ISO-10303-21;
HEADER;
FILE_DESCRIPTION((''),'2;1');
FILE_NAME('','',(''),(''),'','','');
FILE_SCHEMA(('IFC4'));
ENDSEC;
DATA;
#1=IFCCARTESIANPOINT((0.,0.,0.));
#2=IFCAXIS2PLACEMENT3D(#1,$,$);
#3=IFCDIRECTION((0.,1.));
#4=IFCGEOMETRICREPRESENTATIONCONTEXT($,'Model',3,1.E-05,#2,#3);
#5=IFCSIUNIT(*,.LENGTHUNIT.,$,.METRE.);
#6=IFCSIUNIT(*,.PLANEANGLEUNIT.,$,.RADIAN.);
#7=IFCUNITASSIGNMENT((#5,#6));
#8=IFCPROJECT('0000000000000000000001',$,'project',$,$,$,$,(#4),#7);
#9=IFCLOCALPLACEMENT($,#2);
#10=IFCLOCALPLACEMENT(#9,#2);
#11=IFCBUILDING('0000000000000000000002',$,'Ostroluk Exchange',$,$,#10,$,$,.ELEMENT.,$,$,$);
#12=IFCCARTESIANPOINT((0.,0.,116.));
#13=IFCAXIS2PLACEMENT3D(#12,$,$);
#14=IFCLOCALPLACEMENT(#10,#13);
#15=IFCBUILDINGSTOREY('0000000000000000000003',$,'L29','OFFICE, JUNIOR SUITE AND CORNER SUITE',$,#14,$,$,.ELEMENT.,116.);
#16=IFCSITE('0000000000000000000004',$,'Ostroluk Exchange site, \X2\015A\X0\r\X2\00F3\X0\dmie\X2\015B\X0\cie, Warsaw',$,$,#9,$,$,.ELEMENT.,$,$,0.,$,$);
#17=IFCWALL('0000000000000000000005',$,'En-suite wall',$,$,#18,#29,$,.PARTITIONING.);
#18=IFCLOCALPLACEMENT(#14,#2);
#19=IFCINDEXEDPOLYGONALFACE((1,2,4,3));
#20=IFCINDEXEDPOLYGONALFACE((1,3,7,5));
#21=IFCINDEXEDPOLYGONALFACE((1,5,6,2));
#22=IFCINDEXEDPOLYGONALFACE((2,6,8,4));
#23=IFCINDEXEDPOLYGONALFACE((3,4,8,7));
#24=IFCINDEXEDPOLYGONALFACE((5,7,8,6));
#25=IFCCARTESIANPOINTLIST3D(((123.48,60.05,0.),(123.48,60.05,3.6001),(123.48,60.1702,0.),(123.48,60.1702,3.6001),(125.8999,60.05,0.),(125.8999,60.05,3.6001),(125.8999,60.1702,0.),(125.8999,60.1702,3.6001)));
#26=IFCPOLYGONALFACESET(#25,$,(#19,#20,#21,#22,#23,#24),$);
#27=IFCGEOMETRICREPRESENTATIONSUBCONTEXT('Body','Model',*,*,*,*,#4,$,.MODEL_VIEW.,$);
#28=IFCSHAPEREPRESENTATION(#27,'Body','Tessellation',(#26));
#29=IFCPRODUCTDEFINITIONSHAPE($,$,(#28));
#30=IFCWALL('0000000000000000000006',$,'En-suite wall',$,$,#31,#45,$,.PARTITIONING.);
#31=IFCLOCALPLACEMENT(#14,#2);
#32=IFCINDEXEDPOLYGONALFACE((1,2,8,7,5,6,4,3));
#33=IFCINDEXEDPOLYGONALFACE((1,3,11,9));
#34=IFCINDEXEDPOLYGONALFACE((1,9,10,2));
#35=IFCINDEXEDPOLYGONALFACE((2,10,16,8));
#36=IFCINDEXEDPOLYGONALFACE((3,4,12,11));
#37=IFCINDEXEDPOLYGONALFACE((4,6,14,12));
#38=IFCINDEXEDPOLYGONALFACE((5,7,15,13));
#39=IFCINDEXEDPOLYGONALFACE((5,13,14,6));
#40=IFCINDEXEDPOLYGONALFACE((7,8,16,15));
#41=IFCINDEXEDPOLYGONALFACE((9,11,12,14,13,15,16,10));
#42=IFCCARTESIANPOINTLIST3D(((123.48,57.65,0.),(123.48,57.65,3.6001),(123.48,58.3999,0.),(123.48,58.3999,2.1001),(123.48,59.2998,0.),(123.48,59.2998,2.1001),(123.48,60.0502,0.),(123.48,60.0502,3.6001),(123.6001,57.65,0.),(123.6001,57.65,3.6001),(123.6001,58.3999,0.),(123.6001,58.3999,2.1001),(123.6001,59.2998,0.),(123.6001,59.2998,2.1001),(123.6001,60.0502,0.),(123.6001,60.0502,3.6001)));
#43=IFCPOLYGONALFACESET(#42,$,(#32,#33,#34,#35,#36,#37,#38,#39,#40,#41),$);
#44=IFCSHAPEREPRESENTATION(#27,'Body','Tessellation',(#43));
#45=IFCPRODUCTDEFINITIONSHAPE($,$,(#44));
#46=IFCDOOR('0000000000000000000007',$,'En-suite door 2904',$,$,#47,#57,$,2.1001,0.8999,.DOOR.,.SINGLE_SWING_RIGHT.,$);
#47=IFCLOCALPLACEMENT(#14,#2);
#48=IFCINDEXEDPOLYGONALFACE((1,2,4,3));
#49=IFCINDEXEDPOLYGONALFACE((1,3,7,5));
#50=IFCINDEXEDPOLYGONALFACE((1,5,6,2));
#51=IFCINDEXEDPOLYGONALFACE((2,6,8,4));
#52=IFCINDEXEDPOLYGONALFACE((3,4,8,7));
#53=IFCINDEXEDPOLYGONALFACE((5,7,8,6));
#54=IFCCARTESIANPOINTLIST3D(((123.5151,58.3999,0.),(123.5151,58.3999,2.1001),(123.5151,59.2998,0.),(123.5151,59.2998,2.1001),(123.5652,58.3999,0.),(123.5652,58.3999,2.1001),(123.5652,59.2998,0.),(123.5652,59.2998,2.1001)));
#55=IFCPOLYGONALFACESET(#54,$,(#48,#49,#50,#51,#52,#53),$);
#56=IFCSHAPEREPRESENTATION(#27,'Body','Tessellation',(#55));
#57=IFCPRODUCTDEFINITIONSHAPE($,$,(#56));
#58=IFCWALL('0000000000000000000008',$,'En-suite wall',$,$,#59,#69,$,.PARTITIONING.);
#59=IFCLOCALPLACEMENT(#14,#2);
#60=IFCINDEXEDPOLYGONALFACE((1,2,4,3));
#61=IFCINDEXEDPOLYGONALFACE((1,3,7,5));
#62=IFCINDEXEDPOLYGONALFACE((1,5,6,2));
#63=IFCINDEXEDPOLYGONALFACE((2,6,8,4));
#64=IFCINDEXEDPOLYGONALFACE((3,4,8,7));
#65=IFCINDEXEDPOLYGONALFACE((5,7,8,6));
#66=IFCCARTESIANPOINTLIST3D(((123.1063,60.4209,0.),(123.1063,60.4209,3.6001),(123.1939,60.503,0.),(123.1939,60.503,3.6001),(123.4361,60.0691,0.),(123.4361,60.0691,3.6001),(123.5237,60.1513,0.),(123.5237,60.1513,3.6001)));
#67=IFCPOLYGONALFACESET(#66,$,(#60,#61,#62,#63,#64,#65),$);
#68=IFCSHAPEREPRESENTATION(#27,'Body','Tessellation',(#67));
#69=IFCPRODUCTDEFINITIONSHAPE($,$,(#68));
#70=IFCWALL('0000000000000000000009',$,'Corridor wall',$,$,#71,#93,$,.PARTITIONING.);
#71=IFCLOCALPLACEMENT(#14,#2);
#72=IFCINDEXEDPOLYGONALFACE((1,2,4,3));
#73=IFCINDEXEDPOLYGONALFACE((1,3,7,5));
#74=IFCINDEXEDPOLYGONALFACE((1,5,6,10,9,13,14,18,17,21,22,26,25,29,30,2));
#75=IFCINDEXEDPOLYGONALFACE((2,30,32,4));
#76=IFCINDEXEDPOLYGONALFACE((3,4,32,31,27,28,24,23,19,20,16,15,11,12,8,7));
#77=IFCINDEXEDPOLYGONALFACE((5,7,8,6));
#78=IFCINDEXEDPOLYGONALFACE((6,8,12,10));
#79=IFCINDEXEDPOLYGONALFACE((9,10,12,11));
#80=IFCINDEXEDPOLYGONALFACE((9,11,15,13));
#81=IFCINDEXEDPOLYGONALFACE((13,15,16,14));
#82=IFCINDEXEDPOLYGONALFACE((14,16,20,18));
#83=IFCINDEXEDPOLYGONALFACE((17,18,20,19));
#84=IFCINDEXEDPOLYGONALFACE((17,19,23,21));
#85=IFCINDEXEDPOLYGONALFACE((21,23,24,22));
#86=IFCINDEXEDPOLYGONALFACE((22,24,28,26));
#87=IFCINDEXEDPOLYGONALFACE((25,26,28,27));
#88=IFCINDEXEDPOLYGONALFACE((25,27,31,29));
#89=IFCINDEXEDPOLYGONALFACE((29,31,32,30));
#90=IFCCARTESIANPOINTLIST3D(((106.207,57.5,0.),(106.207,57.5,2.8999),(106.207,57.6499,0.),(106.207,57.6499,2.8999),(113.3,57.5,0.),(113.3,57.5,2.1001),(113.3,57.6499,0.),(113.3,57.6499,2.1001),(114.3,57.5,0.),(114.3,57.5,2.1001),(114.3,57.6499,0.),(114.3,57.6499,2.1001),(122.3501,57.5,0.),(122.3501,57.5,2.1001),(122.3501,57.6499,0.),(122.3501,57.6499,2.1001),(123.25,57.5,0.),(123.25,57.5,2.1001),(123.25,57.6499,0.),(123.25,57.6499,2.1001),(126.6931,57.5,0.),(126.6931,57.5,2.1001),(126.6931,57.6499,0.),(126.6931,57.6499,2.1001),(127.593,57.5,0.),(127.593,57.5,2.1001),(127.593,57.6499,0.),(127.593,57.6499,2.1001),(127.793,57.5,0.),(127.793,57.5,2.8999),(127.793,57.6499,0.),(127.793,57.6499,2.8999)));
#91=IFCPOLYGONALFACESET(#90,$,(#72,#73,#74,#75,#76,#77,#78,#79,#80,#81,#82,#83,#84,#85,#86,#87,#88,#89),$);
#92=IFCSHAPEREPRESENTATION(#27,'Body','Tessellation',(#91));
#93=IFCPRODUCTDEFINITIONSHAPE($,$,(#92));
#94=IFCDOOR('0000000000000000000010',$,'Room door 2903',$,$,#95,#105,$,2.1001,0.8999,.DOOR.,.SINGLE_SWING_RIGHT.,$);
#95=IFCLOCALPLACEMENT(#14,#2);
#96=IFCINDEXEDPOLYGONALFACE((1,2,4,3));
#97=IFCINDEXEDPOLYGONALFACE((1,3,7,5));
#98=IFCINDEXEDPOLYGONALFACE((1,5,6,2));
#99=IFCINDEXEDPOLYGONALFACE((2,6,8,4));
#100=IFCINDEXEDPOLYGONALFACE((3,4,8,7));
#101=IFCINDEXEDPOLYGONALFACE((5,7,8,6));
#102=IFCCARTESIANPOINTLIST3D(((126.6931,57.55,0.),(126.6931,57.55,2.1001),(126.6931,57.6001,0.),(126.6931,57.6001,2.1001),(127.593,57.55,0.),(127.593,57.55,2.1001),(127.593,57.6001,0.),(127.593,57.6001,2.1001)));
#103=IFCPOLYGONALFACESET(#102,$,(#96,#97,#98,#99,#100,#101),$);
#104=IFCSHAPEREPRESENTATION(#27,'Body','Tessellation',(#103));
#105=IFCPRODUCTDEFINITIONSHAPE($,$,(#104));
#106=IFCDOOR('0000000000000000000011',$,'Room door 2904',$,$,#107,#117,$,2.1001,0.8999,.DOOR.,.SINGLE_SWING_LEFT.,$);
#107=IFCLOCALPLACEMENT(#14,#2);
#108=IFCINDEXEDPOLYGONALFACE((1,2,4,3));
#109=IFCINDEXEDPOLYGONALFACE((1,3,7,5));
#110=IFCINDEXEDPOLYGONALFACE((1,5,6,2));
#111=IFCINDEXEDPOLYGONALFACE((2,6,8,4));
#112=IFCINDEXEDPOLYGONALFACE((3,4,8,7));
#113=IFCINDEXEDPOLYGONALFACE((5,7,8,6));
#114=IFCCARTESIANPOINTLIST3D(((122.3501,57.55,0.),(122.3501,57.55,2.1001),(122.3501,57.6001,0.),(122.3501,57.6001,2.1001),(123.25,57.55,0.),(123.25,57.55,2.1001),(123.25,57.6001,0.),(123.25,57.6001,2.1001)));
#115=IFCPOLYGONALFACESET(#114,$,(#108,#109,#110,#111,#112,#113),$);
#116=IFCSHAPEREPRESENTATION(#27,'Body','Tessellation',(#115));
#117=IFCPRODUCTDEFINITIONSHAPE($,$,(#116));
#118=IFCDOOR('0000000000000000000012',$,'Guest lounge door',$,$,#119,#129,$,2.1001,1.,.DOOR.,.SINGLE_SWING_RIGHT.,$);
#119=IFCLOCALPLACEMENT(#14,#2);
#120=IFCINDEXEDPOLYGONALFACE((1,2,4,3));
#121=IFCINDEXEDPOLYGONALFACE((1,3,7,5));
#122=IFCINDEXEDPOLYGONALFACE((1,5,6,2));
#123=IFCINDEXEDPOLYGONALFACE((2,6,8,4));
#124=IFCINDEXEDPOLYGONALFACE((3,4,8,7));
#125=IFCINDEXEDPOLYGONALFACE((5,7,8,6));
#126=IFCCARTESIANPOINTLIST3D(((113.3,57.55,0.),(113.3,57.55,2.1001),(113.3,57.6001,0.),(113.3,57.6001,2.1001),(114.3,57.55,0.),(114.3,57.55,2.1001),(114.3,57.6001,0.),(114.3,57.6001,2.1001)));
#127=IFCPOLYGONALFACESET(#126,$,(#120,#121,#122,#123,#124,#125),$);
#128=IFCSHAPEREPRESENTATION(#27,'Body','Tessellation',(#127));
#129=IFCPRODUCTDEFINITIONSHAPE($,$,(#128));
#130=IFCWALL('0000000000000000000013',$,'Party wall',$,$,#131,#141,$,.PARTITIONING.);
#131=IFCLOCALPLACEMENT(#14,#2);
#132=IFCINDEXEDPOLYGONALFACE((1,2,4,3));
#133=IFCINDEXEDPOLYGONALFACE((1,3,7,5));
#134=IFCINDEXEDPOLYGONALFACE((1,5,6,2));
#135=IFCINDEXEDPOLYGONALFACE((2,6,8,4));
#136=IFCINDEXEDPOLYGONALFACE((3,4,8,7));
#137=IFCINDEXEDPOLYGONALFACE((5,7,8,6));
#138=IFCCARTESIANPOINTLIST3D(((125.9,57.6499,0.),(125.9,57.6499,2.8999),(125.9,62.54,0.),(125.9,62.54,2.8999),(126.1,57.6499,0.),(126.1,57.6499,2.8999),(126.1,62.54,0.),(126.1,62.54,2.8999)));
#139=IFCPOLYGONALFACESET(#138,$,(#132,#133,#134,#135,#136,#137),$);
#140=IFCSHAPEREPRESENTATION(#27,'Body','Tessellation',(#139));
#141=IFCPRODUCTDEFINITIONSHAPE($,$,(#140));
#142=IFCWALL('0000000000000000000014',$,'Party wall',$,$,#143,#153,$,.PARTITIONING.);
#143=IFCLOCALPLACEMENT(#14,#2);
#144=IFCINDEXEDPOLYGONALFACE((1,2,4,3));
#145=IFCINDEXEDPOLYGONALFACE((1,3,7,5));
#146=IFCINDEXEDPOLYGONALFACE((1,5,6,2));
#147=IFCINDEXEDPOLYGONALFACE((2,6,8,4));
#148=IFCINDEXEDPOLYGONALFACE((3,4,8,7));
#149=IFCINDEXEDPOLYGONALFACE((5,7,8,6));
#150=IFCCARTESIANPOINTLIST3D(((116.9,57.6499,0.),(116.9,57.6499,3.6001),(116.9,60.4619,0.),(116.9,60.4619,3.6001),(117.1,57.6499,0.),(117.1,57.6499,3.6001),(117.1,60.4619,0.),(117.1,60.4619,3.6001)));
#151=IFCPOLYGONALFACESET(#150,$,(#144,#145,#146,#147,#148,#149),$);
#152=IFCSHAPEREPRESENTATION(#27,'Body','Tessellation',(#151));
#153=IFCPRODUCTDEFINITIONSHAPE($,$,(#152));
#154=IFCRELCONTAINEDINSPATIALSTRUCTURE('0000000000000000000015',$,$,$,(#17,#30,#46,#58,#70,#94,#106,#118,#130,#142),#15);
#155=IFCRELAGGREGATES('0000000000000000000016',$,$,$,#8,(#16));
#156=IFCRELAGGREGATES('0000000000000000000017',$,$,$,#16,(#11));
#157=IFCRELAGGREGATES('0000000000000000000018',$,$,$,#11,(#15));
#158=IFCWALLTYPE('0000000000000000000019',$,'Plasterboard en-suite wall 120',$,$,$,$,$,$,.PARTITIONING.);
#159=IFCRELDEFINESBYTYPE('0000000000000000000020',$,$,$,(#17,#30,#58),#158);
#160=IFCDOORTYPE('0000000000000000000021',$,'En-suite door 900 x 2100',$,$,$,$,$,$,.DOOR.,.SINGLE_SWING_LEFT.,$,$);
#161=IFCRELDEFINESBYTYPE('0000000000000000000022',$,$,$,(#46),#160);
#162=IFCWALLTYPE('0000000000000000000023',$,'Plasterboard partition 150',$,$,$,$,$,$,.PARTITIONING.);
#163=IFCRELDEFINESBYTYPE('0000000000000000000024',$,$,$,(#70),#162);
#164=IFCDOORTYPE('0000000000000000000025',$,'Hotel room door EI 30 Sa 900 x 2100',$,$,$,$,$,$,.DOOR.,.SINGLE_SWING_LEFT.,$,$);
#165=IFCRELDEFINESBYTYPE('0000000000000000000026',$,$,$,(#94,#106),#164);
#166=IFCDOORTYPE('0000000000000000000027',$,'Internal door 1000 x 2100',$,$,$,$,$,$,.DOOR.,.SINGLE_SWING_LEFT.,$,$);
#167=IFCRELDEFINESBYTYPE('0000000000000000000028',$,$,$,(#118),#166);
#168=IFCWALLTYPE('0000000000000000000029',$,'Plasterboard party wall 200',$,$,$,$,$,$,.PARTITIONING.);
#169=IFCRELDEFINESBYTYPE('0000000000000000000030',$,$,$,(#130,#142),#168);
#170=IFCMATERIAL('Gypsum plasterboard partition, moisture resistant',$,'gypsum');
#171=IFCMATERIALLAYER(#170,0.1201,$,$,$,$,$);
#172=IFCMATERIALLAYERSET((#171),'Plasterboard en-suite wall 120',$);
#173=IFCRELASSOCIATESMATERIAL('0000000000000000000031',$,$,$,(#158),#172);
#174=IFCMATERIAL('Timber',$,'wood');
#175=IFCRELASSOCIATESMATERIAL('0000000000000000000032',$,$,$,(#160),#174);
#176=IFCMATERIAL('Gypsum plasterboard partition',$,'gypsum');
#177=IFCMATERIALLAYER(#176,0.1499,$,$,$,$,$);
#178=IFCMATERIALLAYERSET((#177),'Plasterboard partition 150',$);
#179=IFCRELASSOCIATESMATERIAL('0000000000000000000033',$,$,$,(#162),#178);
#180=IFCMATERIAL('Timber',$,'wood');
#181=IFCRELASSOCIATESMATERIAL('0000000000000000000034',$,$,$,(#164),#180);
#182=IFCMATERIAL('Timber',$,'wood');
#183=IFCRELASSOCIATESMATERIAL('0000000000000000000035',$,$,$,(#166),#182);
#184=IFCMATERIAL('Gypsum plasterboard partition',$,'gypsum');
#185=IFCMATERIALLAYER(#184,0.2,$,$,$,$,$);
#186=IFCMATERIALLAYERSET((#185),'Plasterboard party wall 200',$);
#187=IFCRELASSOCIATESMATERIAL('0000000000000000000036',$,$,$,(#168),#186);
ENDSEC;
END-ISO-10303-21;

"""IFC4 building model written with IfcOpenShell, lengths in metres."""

from ifc_helpers import new_model, si_unit, direction, frame, frame_2d, origin, place, context, subcontext, project, spatial, rectangle, extrude, material, layer, layer_set, type_object, element, fill, save


model = new_model("IFC4")

# Units and contexts
model_context = context("Model", 3, precision=1e-05, world=origin(), true_north=direction((0.0, 1.0)))
body_context = subcontext(model_context, "Body", "Model", "MODEL_VIEW")
ifc_project = project(units=[si_unit("LENGTHUNIT", "METRE"), si_unit("PLANEANGLEUNIT", "RADIAN")], contexts=[model_context])

# Site, building, storey
site_placement = place(None, origin())
site = spatial("IfcSite", under=ifc_project, at=site_placement, Name="Ostroluk Exchange site, Śródmieście, Warsaw", CompositionType="ELEMENT", RefElevation=0.0)
building_placement = place(site_placement, origin())
building = spatial("IfcBuilding", under=site, at=building_placement, Name="Ostroluk Exchange", CompositionType="ELEMENT")
storey_placement = place(building_placement, frame((0.0, 0.0, 116.0)))
storey = spatial("IfcBuildingStorey", under=building, at=storey_placement, Name="L29", Description="OFFICE, JUNIOR SUITE AND CORNER SUITE", CompositionType="ELEMENT", Elevation=116.0)

# Shared definitions
ifc_material_1 = material(Name="Gypsum plasterboard partition, moisture resistant", Category="gypsum")
ifc_layer_1 = layer(ifc_material_1, 0.1201)
ifc_layer_set_1 = layer_set([ifc_layer_1], Name="Plasterboard en-suite wall 120")
wall_type_1 = type_object("IfcWallType", Name="Plasterboard en-suite wall 120", PredefinedType="PARTITIONING", material=ifc_layer_set_1)
ifc_material_2 = material(Name="Timber", Category="wood")
door_type_1 = type_object("IfcDoorType", Name="En-suite door 900 x 2100", OperationType="SINGLE_SWING_LEFT", PredefinedType="DOOR", material=ifc_material_2)

# Wall
wall_1_placement = place(storey_placement, frame((125.8999, 60.1101, 0.0), z_axis=(0.0, 0.0, 1.0), x_axis=(-1.0, 0.0, 0.0)))
element("IfcWall", 1, at=wall_1_placement, inside=storey, type_object=wall_type_1, Name="En-suite wall", PredefinedType="PARTITIONING", context=body_context, shape_type="SweptSolid", body=[
    extrude(rectangle(XDim=2.4199, YDim=0.1201, at=frame_2d((1.21, 0.0))), origin(), (0.0, 0.0, 1.0), 3.6001),
])

# Wall, opening, door
wall_2_placement = place(storey_placement, frame((123.54, 57.6499, 0.0), z_axis=(0.0, 0.0, 1.0), x_axis=(0.0, 1.0, 0.0)))
wall_2 = element("IfcWall", 2, at=wall_2_placement, inside=storey, type_object=wall_type_1, Name="En-suite wall", PredefinedType="PARTITIONING", context=body_context, shape_type="SweptSolid", body=[
    extrude(rectangle(XDim=2.4001, YDim=0.1201, at=frame_2d((1.2002, 0.0))), origin(), (0.0, 0.0, 1.0), 3.6001),
])
opening_1_placement = place(wall_2_placement, frame((0.75, 0.0, 0.0)))
opening_1 = element("IfcOpeningElement", 3, at=opening_1_placement, cuts=wall_2, PredefinedType="OPENING", context=body_context, shape_type="SweptSolid", body=[
    extrude(rectangle(XDim=0.8999, YDim=2.1001, at=frame_2d((0.45, 1.05))), frame((0.0, 0.0701, 0.0), z_axis=(0.0, -1.0, 0.0), x_axis=(1.0, 0.0, 0.0)), (0.0, 0.0, 1.0), 0.1401),
])
door_1_placement = place(opening_1_placement, origin())
door_1 = element("IfcDoor", 4, at=door_1_placement, inside=storey, type_object=door_type_1, Name="En-suite door 2904", OperationType="SINGLE_SWING_RIGHT", OverallHeight=2.1001, OverallWidth=0.8999, PredefinedType="DOOR", context=body_context, shape_type="SweptSolid", body=[
    extrude(rectangle(XDim=0.8999, YDim=2.1001, at=frame_2d((0.45, 1.05))), frame((0.0, 0.0249, 0.0), z_axis=(0.0, -1.0, 0.0), x_axis=(1.0, 0.0, 0.0)), (0.0, 0.0, 1.0), 0.05),
])
fill(opening_1, door_1)

# Wall
wall_3_placement = place(storey_placement, frame((123.48, 60.1101, 0.0), z_axis=(0.0, 0.0, 1.0), x_axis=(-0.683958, 0.729521, 0.0)))
element("IfcWall", 5, at=wall_3_placement, inside=storey, type_object=wall_type_1, Name="En-suite wall", PredefinedType="PARTITIONING", context=body_context, shape_type="SweptSolid", body=[
    extrude(rectangle(XDim=0.4822, YDim=0.1201, at=frame_2d((0.2412, 0.0))), origin(), (0.0, 0.0, 1.0), 3.6001),
])

# Wall, openings, doors
ifc_material_3 = material(Name="Gypsum plasterboard partition", Category="gypsum")
ifc_layer_2 = layer(ifc_material_3, 0.1499)
ifc_layer_set_2 = layer_set([ifc_layer_2], Name="Plasterboard partition 150")
wall_type_2 = type_object("IfcWallType", Name="Plasterboard partition 150", PredefinedType="PARTITIONING", material=ifc_layer_set_2)
wall_4_placement = place(storey_placement, frame((127.793, 57.575, 0.0), z_axis=(0.0, 0.0, 1.0), x_axis=(-1.0, 0.0, 0.0)))
wall_4 = element("IfcWall", 6, at=wall_4_placement, inside=storey, type_object=wall_type_2, Name="Corridor wall", PredefinedType="PARTITIONING", context=body_context, shape_type="SweptSolid", body=[
    extrude(rectangle(XDim=21.5859, YDim=0.1499, at=frame_2d((10.793, 0.0))), origin(), (0.0, 0.0, 1.0), 2.8999),
])
opening_2_placement = place(wall_4_placement, frame((0.2, 0.0, 0.0)))
opening_2 = element("IfcOpeningElement", 7, at=opening_2_placement, cuts=wall_4, PredefinedType="OPENING", context=body_context, shape_type="SweptSolid", body=[
    extrude(rectangle(XDim=0.8999, YDim=2.1001, at=frame_2d((0.45, 1.05))), frame((0.0, 0.085, 0.0), z_axis=(0.0, -1.0, 0.0), x_axis=(1.0, 0.0, 0.0)), (0.0, 0.0, 1.0), 0.1699),
])
opening_3_placement = place(wall_4_placement, frame((4.543, 0.0, 0.0)))
opening_3 = element("IfcOpeningElement", 8, at=opening_3_placement, cuts=wall_4, PredefinedType="OPENING", context=body_context, shape_type="SweptSolid", body=[
    extrude(rectangle(XDim=0.8999, YDim=2.1001, at=frame_2d((0.45, 1.05))), frame((0.0, 0.085, 0.0), z_axis=(0.0, -1.0, 0.0), x_axis=(1.0, 0.0, 0.0)), (0.0, 0.0, 1.0), 0.1699),
])
opening_4_placement = place(wall_4_placement, frame((13.4929, 0.0, 0.0)))
opening_4 = element("IfcOpeningElement", 9, at=opening_4_placement, cuts=wall_4, PredefinedType="OPENING", context=body_context, shape_type="SweptSolid", body=[
    extrude(rectangle(XDim=1.0, YDim=2.1001, at=frame_2d((0.5, 1.05))), frame((0.0, 0.085, 0.0), z_axis=(0.0, -1.0, 0.0), x_axis=(1.0, 0.0, 0.0)), (0.0, 0.0, 1.0), 0.1699),
])
ifc_material_4 = material(Name="Timber", Category="wood")
door_type_2 = type_object("IfcDoorType", Name="Hotel room door EI 30 Sa 900 x 2100", OperationType="SINGLE_SWING_LEFT", PredefinedType="DOOR", material=ifc_material_4)
door_2_placement = place(opening_2_placement, origin())
door_2 = element("IfcDoor", 10, at=door_2_placement, inside=storey, type_object=door_type_2, Name="Room door 2903", OperationType="SINGLE_SWING_RIGHT", OverallHeight=2.1001, OverallWidth=0.8999, PredefinedType="DOOR", context=body_context, shape_type="SweptSolid", body=[
    extrude(rectangle(XDim=0.8999, YDim=2.1001, at=frame_2d((0.45, 1.05))), frame((0.0, 0.0249, 0.0), z_axis=(0.0, -1.0, 0.0), x_axis=(1.0, 0.0, 0.0)), (0.0, 0.0, 1.0), 0.05),
])
fill(opening_2, door_2)
door_3_placement = place(opening_3_placement, origin())
door_3 = element("IfcDoor", 11, at=door_3_placement, inside=storey, type_object=door_type_2, Name="Room door 2904", OperationType="SINGLE_SWING_LEFT", OverallHeight=2.1001, OverallWidth=0.8999, PredefinedType="DOOR", context=body_context, shape_type="SweptSolid", body=[
    extrude(rectangle(XDim=0.8999, YDim=2.1001, at=frame_2d((0.45, 1.05))), frame((0.0, 0.0249, 0.0), z_axis=(0.0, -1.0, 0.0), x_axis=(1.0, 0.0, 0.0)), (0.0, 0.0, 1.0), 0.05),
])
fill(opening_3, door_3)
ifc_material_5 = material(Name="Timber", Category="wood")
door_type_3 = type_object("IfcDoorType", Name="Internal door 1000 x 2100", OperationType="SINGLE_SWING_LEFT", PredefinedType="DOOR", material=ifc_material_5)
door_4_placement = place(opening_4_placement, origin())
door_4 = element("IfcDoor", 12, at=door_4_placement, inside=storey, type_object=door_type_3, Name="Guest lounge door", OperationType="SINGLE_SWING_RIGHT", OverallHeight=2.1001, OverallWidth=1.0, PredefinedType="DOOR", context=body_context, shape_type="SweptSolid", body=[
    extrude(rectangle(XDim=1.0, YDim=2.1001, at=frame_2d((0.5, 1.05))), frame((0.0, 0.0249, 0.0), z_axis=(0.0, -1.0, 0.0), x_axis=(1.0, 0.0, 0.0)), (0.0, 0.0, 1.0), 0.05),
])
fill(opening_4, door_4)

# Walls
ifc_material_6 = material(Name="Gypsum plasterboard partition", Category="gypsum")
ifc_layer_3 = layer(ifc_material_6, 0.2)
ifc_layer_set_3 = layer_set([ifc_layer_3], Name="Plasterboard party wall 200")
wall_type_3 = type_object("IfcWallType", Name="Plasterboard party wall 200", PredefinedType="PARTITIONING", material=ifc_layer_set_3)
wall_5_placement = place(storey_placement, frame((126.0, 57.6499, 0.0), z_axis=(0.0, 0.0, 1.0), x_axis=(0.0, 1.0, 0.0)))
element("IfcWall", 13, at=wall_5_placement, inside=storey, type_object=wall_type_3, Name="Party wall", PredefinedType="PARTITIONING", context=body_context, shape_type="SweptSolid", body=[
    extrude(rectangle(XDim=4.8901, YDim=0.2, at=frame_2d((2.4451, 0.0))), origin(), (0.0, 0.0, 1.0), 2.8999),
])
wall_6_placement = place(storey_placement, frame((117.0, 57.6499, 0.0), z_axis=(0.0, 0.0, 1.0), x_axis=(0.0, 1.0, 0.0)))
element("IfcWall", 14, at=wall_6_placement, inside=storey, type_object=wall_type_3, Name="Party wall", PredefinedType="PARTITIONING", context=body_context, shape_type="SweptSolid", body=[
    extrude(rectangle(XDim=2.812, YDim=0.2, at=frame_2d((1.406, 0.0))), origin(), (0.0, 0.0, 1.0), 3.6001),
])

save(model, "model.ifc")
